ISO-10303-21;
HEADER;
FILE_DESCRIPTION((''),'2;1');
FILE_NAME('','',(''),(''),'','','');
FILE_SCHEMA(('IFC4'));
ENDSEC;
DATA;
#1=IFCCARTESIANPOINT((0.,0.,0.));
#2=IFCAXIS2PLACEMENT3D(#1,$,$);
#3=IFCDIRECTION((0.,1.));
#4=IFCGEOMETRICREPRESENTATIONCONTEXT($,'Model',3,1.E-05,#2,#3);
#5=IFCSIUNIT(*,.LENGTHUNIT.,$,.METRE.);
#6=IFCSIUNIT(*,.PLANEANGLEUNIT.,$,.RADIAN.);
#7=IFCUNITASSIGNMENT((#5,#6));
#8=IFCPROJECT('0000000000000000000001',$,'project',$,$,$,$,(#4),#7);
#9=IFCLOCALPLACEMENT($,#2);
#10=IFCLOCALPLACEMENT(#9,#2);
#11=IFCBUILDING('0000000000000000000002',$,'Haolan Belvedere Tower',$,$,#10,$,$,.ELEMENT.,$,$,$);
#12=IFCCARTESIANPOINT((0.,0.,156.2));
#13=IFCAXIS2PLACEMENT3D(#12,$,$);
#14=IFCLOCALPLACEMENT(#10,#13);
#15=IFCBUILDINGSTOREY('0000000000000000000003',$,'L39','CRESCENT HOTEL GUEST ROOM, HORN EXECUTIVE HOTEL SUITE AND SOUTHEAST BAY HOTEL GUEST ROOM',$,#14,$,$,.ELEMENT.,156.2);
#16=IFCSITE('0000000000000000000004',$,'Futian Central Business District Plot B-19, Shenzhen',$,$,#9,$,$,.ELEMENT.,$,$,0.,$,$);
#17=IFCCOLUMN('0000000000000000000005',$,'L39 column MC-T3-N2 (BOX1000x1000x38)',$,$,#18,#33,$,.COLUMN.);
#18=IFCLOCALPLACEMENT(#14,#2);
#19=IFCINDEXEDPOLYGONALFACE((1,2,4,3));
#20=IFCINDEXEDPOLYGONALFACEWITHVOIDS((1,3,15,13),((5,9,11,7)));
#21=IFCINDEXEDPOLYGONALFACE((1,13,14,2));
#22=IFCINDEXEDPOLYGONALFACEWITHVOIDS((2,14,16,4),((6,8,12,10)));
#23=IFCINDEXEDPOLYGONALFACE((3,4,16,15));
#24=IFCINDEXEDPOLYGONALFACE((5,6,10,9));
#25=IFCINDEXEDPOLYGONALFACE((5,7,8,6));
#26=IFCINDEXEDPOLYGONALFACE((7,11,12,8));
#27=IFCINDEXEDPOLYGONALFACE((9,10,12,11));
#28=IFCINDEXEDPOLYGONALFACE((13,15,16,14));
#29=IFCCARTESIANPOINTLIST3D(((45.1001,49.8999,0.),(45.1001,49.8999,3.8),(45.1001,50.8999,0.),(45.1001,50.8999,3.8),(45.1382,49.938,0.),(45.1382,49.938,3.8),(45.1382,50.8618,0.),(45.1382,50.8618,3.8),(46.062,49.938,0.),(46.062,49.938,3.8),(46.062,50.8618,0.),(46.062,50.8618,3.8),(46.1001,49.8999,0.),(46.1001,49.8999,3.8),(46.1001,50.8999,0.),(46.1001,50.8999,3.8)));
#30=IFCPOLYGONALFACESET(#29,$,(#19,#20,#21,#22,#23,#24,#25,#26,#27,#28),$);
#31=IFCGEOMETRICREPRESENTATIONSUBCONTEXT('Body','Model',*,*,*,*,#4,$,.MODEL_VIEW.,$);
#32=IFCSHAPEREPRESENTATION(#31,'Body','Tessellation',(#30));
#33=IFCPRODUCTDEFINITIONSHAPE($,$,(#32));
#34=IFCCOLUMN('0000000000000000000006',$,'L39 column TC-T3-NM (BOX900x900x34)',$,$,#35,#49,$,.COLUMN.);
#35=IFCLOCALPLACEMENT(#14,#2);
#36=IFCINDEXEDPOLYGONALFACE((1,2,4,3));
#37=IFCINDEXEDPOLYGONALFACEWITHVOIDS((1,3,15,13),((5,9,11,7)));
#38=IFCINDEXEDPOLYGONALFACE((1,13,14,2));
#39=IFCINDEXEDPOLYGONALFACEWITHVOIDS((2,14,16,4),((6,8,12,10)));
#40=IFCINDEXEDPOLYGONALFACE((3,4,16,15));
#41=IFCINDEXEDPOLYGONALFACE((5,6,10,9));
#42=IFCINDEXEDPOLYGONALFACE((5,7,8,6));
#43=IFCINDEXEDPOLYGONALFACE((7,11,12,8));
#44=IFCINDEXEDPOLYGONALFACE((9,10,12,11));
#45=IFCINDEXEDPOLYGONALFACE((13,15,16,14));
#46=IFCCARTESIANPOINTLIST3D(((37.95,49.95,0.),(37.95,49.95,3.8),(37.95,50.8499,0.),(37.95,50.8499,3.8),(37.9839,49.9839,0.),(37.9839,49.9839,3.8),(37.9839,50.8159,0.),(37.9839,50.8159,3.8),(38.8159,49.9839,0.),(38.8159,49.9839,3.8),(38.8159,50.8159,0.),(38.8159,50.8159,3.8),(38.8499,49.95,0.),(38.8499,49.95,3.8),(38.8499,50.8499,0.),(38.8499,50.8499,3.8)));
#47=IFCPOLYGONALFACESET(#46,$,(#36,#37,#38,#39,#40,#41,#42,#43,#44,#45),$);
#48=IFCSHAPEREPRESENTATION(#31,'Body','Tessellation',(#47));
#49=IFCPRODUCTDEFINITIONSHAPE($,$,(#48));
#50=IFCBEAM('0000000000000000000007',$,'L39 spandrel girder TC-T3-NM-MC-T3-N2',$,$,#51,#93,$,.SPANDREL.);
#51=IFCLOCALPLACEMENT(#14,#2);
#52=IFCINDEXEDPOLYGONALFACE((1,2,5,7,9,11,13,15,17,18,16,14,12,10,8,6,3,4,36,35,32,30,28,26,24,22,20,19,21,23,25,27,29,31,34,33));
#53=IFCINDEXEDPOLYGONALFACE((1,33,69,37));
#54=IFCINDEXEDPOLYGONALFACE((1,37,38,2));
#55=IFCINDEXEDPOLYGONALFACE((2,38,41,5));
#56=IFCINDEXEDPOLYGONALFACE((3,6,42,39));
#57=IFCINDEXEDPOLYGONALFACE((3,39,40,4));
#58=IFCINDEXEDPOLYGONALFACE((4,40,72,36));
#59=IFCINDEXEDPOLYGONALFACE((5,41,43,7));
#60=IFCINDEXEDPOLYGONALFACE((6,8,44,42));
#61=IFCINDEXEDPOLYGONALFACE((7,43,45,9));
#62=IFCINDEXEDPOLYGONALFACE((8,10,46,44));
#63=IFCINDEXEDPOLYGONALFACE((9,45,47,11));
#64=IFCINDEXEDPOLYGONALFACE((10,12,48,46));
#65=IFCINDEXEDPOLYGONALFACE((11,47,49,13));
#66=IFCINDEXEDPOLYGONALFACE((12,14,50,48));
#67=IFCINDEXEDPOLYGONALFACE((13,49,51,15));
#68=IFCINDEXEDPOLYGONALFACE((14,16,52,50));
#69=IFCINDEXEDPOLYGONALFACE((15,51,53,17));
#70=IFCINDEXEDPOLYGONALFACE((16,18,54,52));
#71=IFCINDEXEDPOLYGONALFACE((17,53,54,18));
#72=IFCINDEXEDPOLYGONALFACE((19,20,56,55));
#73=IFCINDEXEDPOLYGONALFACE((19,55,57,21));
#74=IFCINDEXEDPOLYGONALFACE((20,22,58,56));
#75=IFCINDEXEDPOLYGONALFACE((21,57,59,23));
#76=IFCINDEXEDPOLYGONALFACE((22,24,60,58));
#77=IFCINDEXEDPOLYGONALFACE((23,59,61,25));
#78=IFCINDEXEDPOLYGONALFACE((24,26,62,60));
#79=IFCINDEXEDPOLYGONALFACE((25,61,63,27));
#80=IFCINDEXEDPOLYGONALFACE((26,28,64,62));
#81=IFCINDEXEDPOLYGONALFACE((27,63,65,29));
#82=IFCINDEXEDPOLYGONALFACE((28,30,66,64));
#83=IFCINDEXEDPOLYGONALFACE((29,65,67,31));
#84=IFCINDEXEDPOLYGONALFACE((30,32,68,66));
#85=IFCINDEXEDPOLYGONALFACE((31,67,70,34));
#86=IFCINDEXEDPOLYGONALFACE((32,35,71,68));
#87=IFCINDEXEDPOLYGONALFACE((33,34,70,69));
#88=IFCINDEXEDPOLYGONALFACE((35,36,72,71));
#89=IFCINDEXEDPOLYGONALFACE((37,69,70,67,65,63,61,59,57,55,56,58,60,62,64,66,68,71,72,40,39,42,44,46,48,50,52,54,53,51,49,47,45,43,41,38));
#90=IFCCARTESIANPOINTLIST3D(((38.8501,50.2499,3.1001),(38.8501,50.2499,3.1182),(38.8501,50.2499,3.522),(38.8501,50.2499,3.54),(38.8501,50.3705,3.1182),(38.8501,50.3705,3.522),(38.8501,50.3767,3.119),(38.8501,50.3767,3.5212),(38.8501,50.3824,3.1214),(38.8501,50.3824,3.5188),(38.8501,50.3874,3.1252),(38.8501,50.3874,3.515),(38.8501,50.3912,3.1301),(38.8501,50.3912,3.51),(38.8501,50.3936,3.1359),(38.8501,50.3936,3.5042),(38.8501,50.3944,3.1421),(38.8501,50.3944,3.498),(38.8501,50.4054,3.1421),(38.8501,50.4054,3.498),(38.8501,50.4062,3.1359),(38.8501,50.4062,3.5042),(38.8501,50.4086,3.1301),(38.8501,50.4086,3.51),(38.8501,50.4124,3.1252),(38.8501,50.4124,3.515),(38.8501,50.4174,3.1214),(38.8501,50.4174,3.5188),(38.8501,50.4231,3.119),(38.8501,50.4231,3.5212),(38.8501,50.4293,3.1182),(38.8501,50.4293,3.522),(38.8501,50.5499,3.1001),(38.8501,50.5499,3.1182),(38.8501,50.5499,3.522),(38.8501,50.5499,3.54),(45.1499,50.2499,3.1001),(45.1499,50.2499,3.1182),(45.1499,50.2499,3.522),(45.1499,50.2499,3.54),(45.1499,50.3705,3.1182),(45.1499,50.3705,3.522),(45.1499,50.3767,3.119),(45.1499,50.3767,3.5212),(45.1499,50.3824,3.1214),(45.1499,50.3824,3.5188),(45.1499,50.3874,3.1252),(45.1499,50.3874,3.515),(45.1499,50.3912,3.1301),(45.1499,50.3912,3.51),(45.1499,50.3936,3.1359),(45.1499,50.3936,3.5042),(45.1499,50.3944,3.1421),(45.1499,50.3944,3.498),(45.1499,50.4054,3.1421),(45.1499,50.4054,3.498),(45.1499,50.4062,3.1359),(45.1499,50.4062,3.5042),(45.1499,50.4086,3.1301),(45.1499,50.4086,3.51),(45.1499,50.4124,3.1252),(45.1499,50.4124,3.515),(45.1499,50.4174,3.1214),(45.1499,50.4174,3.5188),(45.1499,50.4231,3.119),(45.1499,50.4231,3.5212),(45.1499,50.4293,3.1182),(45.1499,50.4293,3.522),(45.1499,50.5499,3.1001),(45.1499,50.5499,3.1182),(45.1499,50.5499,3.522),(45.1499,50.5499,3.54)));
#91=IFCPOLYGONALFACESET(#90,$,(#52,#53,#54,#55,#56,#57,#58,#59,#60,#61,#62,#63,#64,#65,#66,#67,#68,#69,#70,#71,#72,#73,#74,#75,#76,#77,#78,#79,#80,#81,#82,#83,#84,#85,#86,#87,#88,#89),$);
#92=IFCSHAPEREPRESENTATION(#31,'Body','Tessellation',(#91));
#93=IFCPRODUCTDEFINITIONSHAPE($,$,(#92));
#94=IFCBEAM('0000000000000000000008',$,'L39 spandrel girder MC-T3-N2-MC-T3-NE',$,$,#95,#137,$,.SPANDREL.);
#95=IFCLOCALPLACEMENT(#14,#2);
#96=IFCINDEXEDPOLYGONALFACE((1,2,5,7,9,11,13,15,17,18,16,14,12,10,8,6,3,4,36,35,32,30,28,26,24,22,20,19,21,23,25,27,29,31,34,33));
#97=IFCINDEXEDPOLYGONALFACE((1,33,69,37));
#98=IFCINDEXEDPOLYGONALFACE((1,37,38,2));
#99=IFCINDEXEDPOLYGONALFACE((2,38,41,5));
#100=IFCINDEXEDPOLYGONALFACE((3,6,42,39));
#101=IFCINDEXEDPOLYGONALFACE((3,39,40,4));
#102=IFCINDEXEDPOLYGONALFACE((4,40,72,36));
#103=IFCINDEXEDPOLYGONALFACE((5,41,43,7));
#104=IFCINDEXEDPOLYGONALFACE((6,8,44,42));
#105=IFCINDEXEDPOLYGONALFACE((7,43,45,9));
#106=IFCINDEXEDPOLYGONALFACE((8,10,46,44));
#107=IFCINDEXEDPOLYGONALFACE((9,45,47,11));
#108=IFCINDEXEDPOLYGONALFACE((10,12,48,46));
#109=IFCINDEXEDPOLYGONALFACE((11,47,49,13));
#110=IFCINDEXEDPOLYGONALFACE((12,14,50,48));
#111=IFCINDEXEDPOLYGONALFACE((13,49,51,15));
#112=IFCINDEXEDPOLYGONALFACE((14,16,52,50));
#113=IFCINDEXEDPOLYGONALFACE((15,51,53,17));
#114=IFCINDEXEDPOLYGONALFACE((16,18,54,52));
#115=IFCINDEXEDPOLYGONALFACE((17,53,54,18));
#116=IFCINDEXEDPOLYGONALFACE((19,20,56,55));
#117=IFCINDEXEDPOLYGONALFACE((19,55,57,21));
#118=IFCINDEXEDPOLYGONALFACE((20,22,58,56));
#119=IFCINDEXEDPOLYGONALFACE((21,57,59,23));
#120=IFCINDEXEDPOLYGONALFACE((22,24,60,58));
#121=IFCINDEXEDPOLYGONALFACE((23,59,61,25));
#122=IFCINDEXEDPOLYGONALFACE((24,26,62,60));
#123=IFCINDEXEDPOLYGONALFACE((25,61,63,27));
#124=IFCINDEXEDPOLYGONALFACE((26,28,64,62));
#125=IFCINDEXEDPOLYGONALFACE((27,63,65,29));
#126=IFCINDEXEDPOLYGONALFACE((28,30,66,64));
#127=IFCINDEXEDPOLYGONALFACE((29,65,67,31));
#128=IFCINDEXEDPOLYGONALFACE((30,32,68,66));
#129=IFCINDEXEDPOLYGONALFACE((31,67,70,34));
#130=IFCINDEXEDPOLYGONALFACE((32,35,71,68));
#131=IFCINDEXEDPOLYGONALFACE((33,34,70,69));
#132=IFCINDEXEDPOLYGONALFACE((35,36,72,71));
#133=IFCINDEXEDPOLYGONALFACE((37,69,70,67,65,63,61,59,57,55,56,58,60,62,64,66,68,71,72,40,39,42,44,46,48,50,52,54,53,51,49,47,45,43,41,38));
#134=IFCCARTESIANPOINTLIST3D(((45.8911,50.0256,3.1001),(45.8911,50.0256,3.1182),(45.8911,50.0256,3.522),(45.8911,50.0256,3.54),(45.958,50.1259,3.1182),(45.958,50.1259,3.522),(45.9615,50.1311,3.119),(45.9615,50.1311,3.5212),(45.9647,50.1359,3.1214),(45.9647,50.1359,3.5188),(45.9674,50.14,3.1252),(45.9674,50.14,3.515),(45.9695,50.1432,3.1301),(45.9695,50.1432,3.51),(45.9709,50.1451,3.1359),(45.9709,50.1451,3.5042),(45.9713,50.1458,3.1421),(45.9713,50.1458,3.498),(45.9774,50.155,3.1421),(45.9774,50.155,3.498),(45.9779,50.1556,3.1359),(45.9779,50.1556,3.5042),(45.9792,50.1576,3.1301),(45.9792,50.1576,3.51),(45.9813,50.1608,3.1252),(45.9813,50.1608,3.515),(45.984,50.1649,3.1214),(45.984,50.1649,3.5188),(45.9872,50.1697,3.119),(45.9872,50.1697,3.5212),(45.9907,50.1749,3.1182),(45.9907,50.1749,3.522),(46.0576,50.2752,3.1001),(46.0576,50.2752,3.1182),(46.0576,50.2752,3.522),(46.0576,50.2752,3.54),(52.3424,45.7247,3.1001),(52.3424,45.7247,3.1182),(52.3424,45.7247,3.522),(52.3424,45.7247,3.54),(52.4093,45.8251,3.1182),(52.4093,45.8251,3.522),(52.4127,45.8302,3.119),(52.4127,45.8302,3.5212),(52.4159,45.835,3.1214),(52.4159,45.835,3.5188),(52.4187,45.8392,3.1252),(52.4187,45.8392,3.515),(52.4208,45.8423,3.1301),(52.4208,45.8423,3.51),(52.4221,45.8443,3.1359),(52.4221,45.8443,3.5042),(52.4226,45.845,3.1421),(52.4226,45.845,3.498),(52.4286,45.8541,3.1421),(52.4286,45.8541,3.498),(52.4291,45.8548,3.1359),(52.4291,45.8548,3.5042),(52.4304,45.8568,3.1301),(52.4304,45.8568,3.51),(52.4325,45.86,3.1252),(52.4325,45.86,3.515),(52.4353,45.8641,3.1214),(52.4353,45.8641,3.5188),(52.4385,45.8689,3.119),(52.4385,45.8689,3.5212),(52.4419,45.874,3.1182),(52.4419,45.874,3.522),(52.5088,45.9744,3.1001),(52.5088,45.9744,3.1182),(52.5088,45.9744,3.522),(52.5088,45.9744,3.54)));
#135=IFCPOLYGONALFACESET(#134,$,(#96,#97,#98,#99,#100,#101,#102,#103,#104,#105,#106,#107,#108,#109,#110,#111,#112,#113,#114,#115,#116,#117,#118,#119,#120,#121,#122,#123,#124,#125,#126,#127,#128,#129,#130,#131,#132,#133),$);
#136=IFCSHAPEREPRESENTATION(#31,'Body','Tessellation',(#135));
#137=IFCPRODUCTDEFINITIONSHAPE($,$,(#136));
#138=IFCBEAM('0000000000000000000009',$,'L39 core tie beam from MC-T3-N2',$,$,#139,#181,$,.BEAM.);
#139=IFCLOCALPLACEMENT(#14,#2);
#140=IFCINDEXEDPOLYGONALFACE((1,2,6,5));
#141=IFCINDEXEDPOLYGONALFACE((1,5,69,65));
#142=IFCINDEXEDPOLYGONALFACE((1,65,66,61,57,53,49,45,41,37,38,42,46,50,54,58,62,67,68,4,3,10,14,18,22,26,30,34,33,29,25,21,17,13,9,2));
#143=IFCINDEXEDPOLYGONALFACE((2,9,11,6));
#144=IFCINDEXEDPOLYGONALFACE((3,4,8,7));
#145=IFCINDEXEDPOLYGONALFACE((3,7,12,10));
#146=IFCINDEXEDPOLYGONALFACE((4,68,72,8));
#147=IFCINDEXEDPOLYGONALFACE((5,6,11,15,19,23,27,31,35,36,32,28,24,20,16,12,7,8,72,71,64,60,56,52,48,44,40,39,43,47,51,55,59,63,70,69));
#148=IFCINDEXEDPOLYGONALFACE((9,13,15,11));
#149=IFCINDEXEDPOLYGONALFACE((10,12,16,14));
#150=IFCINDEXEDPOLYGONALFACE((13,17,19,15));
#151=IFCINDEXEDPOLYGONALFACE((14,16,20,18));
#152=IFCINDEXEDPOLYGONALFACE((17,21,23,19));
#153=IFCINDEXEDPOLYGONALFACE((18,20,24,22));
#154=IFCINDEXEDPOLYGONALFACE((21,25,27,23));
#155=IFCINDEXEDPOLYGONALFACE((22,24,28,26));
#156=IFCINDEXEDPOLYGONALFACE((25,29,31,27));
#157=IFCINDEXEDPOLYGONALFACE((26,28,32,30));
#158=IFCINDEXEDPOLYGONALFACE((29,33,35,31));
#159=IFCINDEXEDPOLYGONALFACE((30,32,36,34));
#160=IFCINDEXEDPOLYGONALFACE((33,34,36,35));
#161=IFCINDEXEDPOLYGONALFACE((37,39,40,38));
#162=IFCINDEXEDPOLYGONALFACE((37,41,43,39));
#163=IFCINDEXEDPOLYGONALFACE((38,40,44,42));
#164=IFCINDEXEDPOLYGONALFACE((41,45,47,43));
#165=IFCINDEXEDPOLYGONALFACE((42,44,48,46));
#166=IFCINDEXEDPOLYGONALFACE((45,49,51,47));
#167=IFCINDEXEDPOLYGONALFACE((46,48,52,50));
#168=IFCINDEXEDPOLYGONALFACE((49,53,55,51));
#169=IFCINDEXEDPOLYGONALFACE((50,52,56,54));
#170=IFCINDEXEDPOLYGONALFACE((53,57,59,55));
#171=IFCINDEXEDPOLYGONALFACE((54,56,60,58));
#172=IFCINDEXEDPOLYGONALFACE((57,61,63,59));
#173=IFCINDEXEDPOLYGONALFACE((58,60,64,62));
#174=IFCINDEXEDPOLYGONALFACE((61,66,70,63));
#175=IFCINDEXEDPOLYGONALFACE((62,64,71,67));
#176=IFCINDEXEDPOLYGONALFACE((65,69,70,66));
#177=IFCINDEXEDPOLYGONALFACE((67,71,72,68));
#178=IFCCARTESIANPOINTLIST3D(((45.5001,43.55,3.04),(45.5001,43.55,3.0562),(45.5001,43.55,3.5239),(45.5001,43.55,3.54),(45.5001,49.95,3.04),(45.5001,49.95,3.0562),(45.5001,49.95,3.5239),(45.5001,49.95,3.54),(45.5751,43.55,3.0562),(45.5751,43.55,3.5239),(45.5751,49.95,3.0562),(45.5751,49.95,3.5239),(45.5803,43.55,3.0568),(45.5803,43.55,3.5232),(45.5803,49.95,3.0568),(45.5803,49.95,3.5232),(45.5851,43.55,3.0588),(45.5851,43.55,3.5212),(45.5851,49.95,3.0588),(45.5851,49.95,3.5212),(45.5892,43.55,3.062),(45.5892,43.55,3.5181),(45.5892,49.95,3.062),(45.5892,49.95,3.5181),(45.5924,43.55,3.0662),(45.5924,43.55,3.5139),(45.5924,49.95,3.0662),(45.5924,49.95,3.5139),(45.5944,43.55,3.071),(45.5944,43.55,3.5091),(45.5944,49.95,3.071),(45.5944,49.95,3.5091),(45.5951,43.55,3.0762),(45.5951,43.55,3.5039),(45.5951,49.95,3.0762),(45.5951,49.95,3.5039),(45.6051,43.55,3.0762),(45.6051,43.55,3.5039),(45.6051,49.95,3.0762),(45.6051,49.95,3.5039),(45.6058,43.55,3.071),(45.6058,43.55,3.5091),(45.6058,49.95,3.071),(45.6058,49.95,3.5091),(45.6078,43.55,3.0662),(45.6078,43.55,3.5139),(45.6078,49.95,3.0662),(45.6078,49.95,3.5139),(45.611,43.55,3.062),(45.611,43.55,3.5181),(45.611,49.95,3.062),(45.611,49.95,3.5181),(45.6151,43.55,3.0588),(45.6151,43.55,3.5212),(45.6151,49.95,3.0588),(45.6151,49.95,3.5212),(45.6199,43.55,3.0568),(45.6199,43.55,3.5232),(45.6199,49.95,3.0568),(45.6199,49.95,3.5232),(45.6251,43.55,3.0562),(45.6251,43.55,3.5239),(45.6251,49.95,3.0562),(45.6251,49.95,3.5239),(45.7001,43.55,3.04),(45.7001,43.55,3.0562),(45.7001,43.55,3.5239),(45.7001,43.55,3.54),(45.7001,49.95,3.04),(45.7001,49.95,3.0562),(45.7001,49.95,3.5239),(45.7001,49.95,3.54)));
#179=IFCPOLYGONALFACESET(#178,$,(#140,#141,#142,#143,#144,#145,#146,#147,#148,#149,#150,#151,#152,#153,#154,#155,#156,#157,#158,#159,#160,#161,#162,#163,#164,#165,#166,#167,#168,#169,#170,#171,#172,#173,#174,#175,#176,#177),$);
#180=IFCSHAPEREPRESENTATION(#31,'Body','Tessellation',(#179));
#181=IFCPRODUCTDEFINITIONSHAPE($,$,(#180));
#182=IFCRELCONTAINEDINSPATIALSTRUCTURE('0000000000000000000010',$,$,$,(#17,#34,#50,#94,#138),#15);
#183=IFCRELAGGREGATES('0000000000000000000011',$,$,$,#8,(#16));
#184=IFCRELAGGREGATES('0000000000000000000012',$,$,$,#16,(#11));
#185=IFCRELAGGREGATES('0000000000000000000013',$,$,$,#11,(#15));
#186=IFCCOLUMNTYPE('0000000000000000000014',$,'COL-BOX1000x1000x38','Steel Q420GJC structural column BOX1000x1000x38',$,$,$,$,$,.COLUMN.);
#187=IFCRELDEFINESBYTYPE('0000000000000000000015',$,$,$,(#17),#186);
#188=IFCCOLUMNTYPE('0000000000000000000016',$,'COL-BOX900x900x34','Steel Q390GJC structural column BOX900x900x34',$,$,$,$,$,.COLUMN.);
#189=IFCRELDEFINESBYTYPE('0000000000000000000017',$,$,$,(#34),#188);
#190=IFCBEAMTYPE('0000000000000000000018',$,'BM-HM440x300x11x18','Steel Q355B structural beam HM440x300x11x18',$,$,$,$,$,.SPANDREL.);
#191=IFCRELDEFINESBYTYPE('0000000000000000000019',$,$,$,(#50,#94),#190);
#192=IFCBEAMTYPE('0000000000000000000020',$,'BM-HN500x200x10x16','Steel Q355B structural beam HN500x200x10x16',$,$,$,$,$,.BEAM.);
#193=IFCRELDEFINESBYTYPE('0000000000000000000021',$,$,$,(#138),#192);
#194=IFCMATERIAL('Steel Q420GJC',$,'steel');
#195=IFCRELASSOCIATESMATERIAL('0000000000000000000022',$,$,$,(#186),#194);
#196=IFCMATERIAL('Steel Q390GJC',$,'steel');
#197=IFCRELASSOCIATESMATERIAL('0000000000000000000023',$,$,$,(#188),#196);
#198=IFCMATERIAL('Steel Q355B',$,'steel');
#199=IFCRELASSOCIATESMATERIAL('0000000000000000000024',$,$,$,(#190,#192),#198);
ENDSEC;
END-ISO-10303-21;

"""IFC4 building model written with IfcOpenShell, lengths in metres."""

from ifc_helpers import new_model, si_unit, direction, frame, origin, origin_2d, place, context, subcontext, project, spatial, hollow_rectangle, i_section, extrude, material, material_profile, profile_set, type_object, element, save


model = new_model("IFC4")

# Units and contexts
model_context = context("Model", 3, precision=1e-05, world=origin(), true_north=direction((0.0, 1.0)))
body_context = subcontext(model_context, "Body", "Model", "MODEL_VIEW")
ifc_project = project(units=[si_unit("LENGTHUNIT", "METRE"), si_unit("PLANEANGLEUNIT", "RADIAN")], contexts=[model_context])

# Site, building, storey
site_placement = place(None, origin())
site = spatial("IfcSite", under=ifc_project, at=site_placement, Name="Futian Central Business District Plot B-19, Shenzhen", CompositionType="ELEMENT", RefElevation=0.0)
building_placement = place(site_placement, origin())
building = spatial("IfcBuilding", under=site, at=building_placement, Name="Haolan Belvedere Tower", CompositionType="ELEMENT")
storey_placement = place(building_placement, frame((0.0, 0.0, 156.2)))
storey = spatial("IfcBuildingStorey", under=building, at=storey_placement, Name="L39", Description="CRESCENT HOTEL GUEST ROOM, HORN EXECUTIVE HOTEL SUITE AND SOUTHEAST BAY HOTEL GUEST ROOM", CompositionType="ELEMENT", Elevation=156.2)

# Columns
ifc_material_1 = material(Name="Steel Q420GJC", Category="steel")
ifc_material_profile_1 = material_profile(ifc_material_1, hollow_rectangle(XDim=1.0, YDim=1.0, WallThickness=0.0381, at=origin_2d()), Name="Steel Q420GJC")
ifc_profile_set_1 = profile_set([ifc_material_profile_1], Name="Steel Q420GJC")
column_type_1 = type_object("IfcColumnType", Name="COL-BOX1000x1000x38", Description="Steel Q420GJC structural column BOX1000x1000x38", PredefinedType="COLUMN", material=ifc_profile_set_1)
column_1_placement = place(storey_placement, frame((45.6001, 50.3999, 0.0), z_axis=(0.0, 0.0, 1.0), x_axis=(1.0, 0.0, 0.0)))
element("IfcColumn", 1, at=column_1_placement, inside=storey, type_object=column_type_1, Name="L39 column MC-T3-N2 (BOX1000x1000x38)", PredefinedType="COLUMN", context=body_context, shape_type="SweptSolid", body=[
    extrude(hollow_rectangle(XDim=1.0, YDim=1.0, WallThickness=0.0381, at=origin_2d()), origin(), (0.0, 0.0, 1.0), 3.8),
])
ifc_material_2 = material(Name="Steel Q390GJC", Category="steel")
ifc_material_profile_2 = material_profile(ifc_material_2, hollow_rectangle(XDim=0.8999, YDim=0.8999, WallThickness=0.0339, at=origin_2d()), Name="Steel Q390GJC")
ifc_profile_set_2 = profile_set([ifc_material_profile_2], Name="Steel Q390GJC")
column_type_2 = type_object("IfcColumnType", Name="COL-BOX900x900x34", Description="Steel Q390GJC structural column BOX900x900x34", PredefinedType="COLUMN", material=ifc_profile_set_2)
column_2_placement = place(storey_placement, frame((38.3999, 50.3999, 0.0), z_axis=(0.0, 0.0, 1.0), x_axis=(1.0, 0.0, 0.0)))
element("IfcColumn", 2, at=column_2_placement, inside=storey, type_object=column_type_2, Name="L39 column TC-T3-NM (BOX900x900x34)", PredefinedType="COLUMN", context=body_context, shape_type="SweptSolid", body=[
    extrude(hollow_rectangle(XDim=0.8999, YDim=0.8999, WallThickness=0.0339, at=origin_2d()), origin(), (0.0, 0.0, 1.0), 3.8),
])

# Beams
ifc_material_3 = material(Name="Steel Q355B", Category="steel")
ifc_material_profile_3 = material_profile(ifc_material_3, i_section(OverallWidth=0.3, OverallDepth=0.4399, WebThickness=0.011, FlangeThickness=0.0181, FilletRadius=0.0239, at=origin_2d()), Name="Steel Q355B")
ifc_profile_set_3 = profile_set([ifc_material_profile_3], Name="Steel Q355B")
beam_type_1 = type_object("IfcBeamType", Name="BM-HM440x300x11x18", Description="Steel Q355B structural beam HM440x300x11x18", PredefinedType="SPANDREL", material=ifc_profile_set_3)
beam_1_placement = place(storey_placement, frame((38.8501, 50.3999, 3.3201), z_axis=(1.0, 0.0, 0.0), x_axis=(0.0, 1.0, 0.0)))
element("IfcBeam", 3, at=beam_1_placement, inside=storey, type_object=beam_type_1, Name="L39 spandrel girder TC-T3-NM-MC-T3-N2", PredefinedType="SPANDREL", context=body_context, shape_type="SweptSolid", body=[
    extrude(i_section(OverallWidth=0.3, OverallDepth=0.4399, WebThickness=0.011, FlangeThickness=0.0181, FilletRadius=0.0239, at=origin_2d()), origin(), (0.0, 0.0, 1.0), 6.2998),
])
beam_2_placement = place(storey_placement, frame((45.9744, 50.1504, 3.3201), z_axis=(0.83205, -0.5547, 0.0), x_axis=(0.5547, 0.83205, 0.0)))
element("IfcBeam", 4, at=beam_2_placement, inside=storey, type_object=beam_type_1, Name="L39 spandrel girder MC-T3-N2-MC-T3-NE", PredefinedType="SPANDREL", context=body_context, shape_type="SweptSolid", body=[
    extrude(i_section(OverallWidth=0.3, OverallDepth=0.4399, WebThickness=0.011, FlangeThickness=0.0181, FilletRadius=0.0239, at=origin_2d()), origin(), (0.0, 0.0, 1.0), 7.7534),
])
ifc_material_profile_4 = material_profile(ifc_material_3, i_section(OverallWidth=0.2, OverallDepth=0.5, WebThickness=0.01, FlangeThickness=0.0161, FilletRadius=0.02, at=origin_2d()), Name="Steel Q355B")
ifc_profile_set_4 = profile_set([ifc_material_profile_4], Name="Steel Q355B")
beam_type_2 = type_object("IfcBeamType", Name="BM-HN500x200x10x16", Description="Steel Q355B structural beam HN500x200x10x16", PredefinedType="BEAM", material=ifc_profile_set_4)
beam_3_placement = place(storey_placement, frame((45.6001, 49.95, 3.29), z_axis=(0.0, -1.0, 0.0), x_axis=(1.0, 0.0, 0.0)))
element("IfcBeam", 5, at=beam_3_placement, inside=storey, type_object=beam_type_2, Name="L39 core tie beam from MC-T3-N2", PredefinedType="BEAM", context=body_context, shape_type="SweptSolid", body=[
    extrude(i_section(OverallWidth=0.2, OverallDepth=0.5, WebThickness=0.01, FlangeThickness=0.0161, FilletRadius=0.02, at=origin_2d()), origin(), (0.0, 0.0, 1.0), 6.3999),
])

save(model, "model.ifc")
